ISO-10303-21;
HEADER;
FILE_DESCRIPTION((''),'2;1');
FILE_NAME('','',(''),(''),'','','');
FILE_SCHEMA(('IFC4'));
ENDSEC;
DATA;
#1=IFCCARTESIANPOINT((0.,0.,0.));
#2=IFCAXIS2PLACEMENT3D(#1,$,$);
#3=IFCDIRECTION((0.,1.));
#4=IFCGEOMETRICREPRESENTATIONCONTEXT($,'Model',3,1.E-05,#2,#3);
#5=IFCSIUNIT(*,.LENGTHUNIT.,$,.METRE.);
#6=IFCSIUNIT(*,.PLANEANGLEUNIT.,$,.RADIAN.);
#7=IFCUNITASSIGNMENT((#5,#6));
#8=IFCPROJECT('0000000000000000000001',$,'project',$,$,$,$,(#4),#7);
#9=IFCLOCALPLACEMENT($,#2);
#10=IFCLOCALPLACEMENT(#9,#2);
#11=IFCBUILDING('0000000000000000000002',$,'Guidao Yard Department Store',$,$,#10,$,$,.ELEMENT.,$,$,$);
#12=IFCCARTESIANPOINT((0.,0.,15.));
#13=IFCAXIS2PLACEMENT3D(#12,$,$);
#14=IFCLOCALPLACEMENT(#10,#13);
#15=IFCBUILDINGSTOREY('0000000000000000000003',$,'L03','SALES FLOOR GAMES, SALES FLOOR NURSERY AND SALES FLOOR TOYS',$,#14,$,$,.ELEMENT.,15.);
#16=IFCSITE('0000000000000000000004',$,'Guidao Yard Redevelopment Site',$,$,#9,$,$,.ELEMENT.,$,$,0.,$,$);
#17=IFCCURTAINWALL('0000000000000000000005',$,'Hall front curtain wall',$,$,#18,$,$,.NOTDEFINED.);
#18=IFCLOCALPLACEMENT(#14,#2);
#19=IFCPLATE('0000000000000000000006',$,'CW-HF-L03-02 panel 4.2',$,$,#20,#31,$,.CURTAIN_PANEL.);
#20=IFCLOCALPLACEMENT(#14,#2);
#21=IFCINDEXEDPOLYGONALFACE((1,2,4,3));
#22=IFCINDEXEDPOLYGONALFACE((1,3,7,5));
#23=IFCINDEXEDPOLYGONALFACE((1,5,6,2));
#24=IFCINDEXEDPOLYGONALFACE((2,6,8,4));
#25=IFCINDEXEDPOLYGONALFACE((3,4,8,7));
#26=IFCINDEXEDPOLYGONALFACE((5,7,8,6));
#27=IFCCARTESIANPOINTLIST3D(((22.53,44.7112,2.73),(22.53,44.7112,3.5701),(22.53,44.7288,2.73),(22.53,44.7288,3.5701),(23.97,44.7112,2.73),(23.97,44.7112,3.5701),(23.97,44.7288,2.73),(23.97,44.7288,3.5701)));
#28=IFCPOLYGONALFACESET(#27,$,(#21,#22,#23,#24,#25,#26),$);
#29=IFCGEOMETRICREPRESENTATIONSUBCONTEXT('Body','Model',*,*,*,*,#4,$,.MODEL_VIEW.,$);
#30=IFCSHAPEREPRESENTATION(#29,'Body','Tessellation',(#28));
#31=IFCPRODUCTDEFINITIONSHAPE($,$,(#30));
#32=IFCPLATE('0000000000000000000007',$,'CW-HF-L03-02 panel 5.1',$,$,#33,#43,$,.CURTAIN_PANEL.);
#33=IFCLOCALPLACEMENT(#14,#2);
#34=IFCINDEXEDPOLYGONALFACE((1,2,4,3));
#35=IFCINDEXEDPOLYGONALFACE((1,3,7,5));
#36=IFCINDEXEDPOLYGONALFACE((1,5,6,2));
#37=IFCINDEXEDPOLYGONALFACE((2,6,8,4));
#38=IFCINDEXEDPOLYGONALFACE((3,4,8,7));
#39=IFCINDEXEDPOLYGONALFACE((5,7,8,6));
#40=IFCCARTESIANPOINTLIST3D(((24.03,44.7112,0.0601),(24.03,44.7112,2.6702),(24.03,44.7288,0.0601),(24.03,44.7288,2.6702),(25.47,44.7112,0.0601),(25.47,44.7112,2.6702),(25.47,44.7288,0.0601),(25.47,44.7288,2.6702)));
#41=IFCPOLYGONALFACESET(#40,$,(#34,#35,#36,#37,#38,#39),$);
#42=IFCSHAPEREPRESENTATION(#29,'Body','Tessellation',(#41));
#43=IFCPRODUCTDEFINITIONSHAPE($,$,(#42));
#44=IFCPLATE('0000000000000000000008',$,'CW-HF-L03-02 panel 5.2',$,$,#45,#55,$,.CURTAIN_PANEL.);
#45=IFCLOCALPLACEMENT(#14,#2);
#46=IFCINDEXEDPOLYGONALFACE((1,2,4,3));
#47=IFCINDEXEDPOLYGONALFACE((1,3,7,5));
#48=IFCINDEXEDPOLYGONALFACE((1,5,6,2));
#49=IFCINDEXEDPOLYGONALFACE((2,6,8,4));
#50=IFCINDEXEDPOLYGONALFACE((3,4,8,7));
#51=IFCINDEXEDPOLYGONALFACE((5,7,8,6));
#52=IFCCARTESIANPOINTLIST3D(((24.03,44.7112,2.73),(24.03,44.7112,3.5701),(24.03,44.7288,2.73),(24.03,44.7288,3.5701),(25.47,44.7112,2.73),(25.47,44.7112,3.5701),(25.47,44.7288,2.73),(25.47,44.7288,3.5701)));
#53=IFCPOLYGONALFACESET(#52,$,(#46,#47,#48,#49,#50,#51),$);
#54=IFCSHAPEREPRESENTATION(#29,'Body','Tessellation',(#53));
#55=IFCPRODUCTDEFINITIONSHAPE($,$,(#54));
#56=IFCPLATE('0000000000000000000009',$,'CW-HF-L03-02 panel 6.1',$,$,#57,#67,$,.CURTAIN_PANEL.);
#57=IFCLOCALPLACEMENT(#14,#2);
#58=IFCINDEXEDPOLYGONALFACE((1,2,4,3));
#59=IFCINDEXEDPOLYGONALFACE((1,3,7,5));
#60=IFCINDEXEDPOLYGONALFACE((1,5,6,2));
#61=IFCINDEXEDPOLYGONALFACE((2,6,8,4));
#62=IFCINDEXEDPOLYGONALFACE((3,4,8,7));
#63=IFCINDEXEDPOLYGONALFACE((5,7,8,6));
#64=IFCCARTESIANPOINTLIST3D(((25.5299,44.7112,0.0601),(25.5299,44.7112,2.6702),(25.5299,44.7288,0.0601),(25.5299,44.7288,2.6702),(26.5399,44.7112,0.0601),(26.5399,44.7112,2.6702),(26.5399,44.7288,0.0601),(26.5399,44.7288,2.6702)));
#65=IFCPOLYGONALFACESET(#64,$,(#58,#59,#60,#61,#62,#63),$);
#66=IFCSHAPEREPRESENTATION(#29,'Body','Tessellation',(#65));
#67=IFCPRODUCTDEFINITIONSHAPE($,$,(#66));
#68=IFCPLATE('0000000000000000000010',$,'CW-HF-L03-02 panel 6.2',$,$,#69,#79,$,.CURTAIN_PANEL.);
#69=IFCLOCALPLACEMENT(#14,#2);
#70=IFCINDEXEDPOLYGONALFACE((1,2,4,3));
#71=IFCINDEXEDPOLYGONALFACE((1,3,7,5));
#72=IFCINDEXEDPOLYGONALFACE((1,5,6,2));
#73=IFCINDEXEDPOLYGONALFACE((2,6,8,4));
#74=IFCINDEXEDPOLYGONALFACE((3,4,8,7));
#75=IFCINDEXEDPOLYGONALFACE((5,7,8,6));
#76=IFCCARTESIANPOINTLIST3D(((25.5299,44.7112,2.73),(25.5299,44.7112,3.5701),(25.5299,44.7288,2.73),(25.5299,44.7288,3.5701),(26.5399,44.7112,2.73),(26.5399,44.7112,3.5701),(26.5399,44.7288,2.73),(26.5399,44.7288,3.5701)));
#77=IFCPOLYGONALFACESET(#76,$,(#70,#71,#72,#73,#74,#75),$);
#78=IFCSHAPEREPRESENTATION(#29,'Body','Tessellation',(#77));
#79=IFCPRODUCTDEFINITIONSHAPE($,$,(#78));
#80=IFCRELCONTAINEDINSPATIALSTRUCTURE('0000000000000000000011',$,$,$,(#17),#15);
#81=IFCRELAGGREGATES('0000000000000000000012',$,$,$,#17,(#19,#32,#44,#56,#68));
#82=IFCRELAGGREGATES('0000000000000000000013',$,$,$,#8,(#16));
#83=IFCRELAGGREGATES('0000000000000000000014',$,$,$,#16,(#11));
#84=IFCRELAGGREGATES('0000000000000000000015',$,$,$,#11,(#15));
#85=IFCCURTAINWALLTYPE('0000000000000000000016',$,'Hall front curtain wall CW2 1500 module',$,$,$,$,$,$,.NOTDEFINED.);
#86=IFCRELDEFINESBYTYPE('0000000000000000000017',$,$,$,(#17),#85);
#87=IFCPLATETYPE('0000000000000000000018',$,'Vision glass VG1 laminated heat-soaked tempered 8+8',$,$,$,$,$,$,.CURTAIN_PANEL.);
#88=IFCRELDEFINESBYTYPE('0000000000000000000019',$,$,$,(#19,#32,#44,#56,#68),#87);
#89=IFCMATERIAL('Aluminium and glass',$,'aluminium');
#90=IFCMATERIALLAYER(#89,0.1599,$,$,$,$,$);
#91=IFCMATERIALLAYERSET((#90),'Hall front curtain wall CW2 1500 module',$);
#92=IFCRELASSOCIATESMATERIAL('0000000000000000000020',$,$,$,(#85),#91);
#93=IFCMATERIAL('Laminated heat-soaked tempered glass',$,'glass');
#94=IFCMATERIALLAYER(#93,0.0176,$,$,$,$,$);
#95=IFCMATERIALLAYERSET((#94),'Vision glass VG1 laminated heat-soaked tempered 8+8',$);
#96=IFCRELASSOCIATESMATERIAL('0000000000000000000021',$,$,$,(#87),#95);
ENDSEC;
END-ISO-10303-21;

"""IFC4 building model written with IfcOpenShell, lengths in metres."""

from ifc_helpers import new_model, si_unit, direction, frame, origin, origin_2d, place, context, subcontext, project, spatial, rectangle, extrude, material, layer, layer_set, type_object, element, aggregate, save


model = new_model("IFC4")

# Units and contexts
model_context = context("Model", 3, precision=1e-05, world=origin(), true_north=direction((0.0, 1.0)))
body_context = subcontext(model_context, "Body", "Model", "MODEL_VIEW")
ifc_project = project(units=[si_unit("LENGTHUNIT", "METRE"), si_unit("PLANEANGLEUNIT", "RADIAN")], contexts=[model_context])

# Site, building, storey
site_placement = place(None, origin())
site = spatial("IfcSite", under=ifc_project, at=site_placement, Name="Guidao Yard Redevelopment Site", CompositionType="ELEMENT", RefElevation=0.0)
building_placement = place(site_placement, origin())
building = spatial("IfcBuilding", under=site, at=building_placement, Name="Guidao Yard Department Store", CompositionType="ELEMENT")
storey_placement = place(building_placement, frame((0.0, 0.0, 15.0)))
storey = spatial("IfcBuildingStorey", under=building, at=storey_placement, Name="L03", Description="SALES FLOOR GAMES, SALES FLOOR NURSERY AND SALES FLOOR TOYS", CompositionType="ELEMENT", Elevation=15.0)

# Curtain wall, plates
ifc_material_1 = material(Name="Aluminium and glass", Category="aluminium")
ifc_layer_1 = layer(ifc_material_1, 0.1599)
ifc_layer_set_1 = layer_set([ifc_layer_1], Name="Hall front curtain wall CW2 1500 module")
curtain_wall_type = type_object("IfcCurtainWallType", Name="Hall front curtain wall CW2 1500 module", PredefinedType="NOTDEFINED", material=ifc_layer_set_1)
curtain_wall_placement = place(storey_placement, origin())
curtain_wall = element("IfcCurtainWall", 1, at=curtain_wall_placement, inside=storey, type_object=curtain_wall_type, Name="Hall front curtain wall", PredefinedType="NOTDEFINED")
ifc_material_2 = material(Name="Laminated heat-soaked tempered glass", Category="glass")
ifc_layer_2 = layer(ifc_material_2, 0.0176)
ifc_layer_set_2 = layer_set([ifc_layer_2], Name="Vision glass VG1 laminated heat-soaked tempered 8+8")
plate_type_1 = type_object("IfcPlateType", Name="Vision glass VG1 laminated heat-soaked tempered 8+8", PredefinedType="CURTAIN_PANEL", material=ifc_layer_set_2)
plate_1_placement = place(storey_placement, frame((23.25, 44.72, 2.73), z_axis=(0.0, 0.0, 1.0), x_axis=(-1.0, 0.0, 0.0)))
plate_1 = element("IfcPlate", 2, at=plate_1_placement, type_object=plate_type_1, Name="CW-HF-L03-02 panel 4.2", PredefinedType="CURTAIN_PANEL", context=body_context, shape_type="SweptSolid", body=[
    extrude(rectangle(XDim=1.4399, YDim=0.0176, at=origin_2d()), origin(), (0.0, 0.0, 1.0), 0.8401),
])
plate_2_placement = place(storey_placement, frame((24.75, 44.72, 0.0601), z_axis=(0.0, 0.0, 1.0), x_axis=(-1.0, 0.0, 0.0)))
plate_2 = element("IfcPlate", 3, at=plate_2_placement, type_object=plate_type_1, Name="CW-HF-L03-02 panel 5.1", PredefinedType="CURTAIN_PANEL", context=body_context, shape_type="SweptSolid", body=[
    extrude(rectangle(XDim=1.4399, YDim=0.0176, at=origin_2d()), origin(), (0.0, 0.0, 1.0), 2.6101),
])
plate_3_placement = place(storey_placement, frame((24.75, 44.72, 2.73), z_axis=(0.0, 0.0, 1.0), x_axis=(-1.0, 0.0, 0.0)))
plate_3 = element("IfcPlate", 4, at=plate_3_placement, type_object=plate_type_1, Name="CW-HF-L03-02 panel 5.2", PredefinedType="CURTAIN_PANEL", context=body_context, shape_type="SweptSolid", body=[
    extrude(rectangle(XDim=1.4399, YDim=0.0176, at=origin_2d()), origin(), (0.0, 0.0, 1.0), 0.8401),
])
plate_4_placement = place(storey_placement, frame((26.0349, 44.72, 0.0601), z_axis=(0.0, 0.0, 1.0), x_axis=(-1.0, 0.0, 0.0)))
plate_4 = element("IfcPlate", 5, at=plate_4_placement, type_object=plate_type_1, Name="CW-HF-L03-02 panel 6.1", PredefinedType="CURTAIN_PANEL", context=body_context, shape_type="SweptSolid", body=[
    extrude(rectangle(XDim=1.01, YDim=0.0176, at=origin_2d()), origin(), (0.0, 0.0, 1.0), 2.6101),
])
plate_5_placement = place(storey_placement, frame((26.0349, 44.72, 2.73), z_axis=(0.0, 0.0, 1.0), x_axis=(-1.0, 0.0, 0.0)))
plate_5 = element("IfcPlate", 6, at=plate_5_placement, type_object=plate_type_1, Name="CW-HF-L03-02 panel 6.2", PredefinedType="CURTAIN_PANEL", context=body_context, shape_type="SweptSolid", body=[
    extrude(rectangle(XDim=1.01, YDim=0.0176, at=origin_2d()), origin(), (0.0, 0.0, 1.0), 0.8401),
])
aggregate(curtain_wall, [plate_1, plate_2, plate_3, plate_4, plate_5])

save(model, "model.ifc")
